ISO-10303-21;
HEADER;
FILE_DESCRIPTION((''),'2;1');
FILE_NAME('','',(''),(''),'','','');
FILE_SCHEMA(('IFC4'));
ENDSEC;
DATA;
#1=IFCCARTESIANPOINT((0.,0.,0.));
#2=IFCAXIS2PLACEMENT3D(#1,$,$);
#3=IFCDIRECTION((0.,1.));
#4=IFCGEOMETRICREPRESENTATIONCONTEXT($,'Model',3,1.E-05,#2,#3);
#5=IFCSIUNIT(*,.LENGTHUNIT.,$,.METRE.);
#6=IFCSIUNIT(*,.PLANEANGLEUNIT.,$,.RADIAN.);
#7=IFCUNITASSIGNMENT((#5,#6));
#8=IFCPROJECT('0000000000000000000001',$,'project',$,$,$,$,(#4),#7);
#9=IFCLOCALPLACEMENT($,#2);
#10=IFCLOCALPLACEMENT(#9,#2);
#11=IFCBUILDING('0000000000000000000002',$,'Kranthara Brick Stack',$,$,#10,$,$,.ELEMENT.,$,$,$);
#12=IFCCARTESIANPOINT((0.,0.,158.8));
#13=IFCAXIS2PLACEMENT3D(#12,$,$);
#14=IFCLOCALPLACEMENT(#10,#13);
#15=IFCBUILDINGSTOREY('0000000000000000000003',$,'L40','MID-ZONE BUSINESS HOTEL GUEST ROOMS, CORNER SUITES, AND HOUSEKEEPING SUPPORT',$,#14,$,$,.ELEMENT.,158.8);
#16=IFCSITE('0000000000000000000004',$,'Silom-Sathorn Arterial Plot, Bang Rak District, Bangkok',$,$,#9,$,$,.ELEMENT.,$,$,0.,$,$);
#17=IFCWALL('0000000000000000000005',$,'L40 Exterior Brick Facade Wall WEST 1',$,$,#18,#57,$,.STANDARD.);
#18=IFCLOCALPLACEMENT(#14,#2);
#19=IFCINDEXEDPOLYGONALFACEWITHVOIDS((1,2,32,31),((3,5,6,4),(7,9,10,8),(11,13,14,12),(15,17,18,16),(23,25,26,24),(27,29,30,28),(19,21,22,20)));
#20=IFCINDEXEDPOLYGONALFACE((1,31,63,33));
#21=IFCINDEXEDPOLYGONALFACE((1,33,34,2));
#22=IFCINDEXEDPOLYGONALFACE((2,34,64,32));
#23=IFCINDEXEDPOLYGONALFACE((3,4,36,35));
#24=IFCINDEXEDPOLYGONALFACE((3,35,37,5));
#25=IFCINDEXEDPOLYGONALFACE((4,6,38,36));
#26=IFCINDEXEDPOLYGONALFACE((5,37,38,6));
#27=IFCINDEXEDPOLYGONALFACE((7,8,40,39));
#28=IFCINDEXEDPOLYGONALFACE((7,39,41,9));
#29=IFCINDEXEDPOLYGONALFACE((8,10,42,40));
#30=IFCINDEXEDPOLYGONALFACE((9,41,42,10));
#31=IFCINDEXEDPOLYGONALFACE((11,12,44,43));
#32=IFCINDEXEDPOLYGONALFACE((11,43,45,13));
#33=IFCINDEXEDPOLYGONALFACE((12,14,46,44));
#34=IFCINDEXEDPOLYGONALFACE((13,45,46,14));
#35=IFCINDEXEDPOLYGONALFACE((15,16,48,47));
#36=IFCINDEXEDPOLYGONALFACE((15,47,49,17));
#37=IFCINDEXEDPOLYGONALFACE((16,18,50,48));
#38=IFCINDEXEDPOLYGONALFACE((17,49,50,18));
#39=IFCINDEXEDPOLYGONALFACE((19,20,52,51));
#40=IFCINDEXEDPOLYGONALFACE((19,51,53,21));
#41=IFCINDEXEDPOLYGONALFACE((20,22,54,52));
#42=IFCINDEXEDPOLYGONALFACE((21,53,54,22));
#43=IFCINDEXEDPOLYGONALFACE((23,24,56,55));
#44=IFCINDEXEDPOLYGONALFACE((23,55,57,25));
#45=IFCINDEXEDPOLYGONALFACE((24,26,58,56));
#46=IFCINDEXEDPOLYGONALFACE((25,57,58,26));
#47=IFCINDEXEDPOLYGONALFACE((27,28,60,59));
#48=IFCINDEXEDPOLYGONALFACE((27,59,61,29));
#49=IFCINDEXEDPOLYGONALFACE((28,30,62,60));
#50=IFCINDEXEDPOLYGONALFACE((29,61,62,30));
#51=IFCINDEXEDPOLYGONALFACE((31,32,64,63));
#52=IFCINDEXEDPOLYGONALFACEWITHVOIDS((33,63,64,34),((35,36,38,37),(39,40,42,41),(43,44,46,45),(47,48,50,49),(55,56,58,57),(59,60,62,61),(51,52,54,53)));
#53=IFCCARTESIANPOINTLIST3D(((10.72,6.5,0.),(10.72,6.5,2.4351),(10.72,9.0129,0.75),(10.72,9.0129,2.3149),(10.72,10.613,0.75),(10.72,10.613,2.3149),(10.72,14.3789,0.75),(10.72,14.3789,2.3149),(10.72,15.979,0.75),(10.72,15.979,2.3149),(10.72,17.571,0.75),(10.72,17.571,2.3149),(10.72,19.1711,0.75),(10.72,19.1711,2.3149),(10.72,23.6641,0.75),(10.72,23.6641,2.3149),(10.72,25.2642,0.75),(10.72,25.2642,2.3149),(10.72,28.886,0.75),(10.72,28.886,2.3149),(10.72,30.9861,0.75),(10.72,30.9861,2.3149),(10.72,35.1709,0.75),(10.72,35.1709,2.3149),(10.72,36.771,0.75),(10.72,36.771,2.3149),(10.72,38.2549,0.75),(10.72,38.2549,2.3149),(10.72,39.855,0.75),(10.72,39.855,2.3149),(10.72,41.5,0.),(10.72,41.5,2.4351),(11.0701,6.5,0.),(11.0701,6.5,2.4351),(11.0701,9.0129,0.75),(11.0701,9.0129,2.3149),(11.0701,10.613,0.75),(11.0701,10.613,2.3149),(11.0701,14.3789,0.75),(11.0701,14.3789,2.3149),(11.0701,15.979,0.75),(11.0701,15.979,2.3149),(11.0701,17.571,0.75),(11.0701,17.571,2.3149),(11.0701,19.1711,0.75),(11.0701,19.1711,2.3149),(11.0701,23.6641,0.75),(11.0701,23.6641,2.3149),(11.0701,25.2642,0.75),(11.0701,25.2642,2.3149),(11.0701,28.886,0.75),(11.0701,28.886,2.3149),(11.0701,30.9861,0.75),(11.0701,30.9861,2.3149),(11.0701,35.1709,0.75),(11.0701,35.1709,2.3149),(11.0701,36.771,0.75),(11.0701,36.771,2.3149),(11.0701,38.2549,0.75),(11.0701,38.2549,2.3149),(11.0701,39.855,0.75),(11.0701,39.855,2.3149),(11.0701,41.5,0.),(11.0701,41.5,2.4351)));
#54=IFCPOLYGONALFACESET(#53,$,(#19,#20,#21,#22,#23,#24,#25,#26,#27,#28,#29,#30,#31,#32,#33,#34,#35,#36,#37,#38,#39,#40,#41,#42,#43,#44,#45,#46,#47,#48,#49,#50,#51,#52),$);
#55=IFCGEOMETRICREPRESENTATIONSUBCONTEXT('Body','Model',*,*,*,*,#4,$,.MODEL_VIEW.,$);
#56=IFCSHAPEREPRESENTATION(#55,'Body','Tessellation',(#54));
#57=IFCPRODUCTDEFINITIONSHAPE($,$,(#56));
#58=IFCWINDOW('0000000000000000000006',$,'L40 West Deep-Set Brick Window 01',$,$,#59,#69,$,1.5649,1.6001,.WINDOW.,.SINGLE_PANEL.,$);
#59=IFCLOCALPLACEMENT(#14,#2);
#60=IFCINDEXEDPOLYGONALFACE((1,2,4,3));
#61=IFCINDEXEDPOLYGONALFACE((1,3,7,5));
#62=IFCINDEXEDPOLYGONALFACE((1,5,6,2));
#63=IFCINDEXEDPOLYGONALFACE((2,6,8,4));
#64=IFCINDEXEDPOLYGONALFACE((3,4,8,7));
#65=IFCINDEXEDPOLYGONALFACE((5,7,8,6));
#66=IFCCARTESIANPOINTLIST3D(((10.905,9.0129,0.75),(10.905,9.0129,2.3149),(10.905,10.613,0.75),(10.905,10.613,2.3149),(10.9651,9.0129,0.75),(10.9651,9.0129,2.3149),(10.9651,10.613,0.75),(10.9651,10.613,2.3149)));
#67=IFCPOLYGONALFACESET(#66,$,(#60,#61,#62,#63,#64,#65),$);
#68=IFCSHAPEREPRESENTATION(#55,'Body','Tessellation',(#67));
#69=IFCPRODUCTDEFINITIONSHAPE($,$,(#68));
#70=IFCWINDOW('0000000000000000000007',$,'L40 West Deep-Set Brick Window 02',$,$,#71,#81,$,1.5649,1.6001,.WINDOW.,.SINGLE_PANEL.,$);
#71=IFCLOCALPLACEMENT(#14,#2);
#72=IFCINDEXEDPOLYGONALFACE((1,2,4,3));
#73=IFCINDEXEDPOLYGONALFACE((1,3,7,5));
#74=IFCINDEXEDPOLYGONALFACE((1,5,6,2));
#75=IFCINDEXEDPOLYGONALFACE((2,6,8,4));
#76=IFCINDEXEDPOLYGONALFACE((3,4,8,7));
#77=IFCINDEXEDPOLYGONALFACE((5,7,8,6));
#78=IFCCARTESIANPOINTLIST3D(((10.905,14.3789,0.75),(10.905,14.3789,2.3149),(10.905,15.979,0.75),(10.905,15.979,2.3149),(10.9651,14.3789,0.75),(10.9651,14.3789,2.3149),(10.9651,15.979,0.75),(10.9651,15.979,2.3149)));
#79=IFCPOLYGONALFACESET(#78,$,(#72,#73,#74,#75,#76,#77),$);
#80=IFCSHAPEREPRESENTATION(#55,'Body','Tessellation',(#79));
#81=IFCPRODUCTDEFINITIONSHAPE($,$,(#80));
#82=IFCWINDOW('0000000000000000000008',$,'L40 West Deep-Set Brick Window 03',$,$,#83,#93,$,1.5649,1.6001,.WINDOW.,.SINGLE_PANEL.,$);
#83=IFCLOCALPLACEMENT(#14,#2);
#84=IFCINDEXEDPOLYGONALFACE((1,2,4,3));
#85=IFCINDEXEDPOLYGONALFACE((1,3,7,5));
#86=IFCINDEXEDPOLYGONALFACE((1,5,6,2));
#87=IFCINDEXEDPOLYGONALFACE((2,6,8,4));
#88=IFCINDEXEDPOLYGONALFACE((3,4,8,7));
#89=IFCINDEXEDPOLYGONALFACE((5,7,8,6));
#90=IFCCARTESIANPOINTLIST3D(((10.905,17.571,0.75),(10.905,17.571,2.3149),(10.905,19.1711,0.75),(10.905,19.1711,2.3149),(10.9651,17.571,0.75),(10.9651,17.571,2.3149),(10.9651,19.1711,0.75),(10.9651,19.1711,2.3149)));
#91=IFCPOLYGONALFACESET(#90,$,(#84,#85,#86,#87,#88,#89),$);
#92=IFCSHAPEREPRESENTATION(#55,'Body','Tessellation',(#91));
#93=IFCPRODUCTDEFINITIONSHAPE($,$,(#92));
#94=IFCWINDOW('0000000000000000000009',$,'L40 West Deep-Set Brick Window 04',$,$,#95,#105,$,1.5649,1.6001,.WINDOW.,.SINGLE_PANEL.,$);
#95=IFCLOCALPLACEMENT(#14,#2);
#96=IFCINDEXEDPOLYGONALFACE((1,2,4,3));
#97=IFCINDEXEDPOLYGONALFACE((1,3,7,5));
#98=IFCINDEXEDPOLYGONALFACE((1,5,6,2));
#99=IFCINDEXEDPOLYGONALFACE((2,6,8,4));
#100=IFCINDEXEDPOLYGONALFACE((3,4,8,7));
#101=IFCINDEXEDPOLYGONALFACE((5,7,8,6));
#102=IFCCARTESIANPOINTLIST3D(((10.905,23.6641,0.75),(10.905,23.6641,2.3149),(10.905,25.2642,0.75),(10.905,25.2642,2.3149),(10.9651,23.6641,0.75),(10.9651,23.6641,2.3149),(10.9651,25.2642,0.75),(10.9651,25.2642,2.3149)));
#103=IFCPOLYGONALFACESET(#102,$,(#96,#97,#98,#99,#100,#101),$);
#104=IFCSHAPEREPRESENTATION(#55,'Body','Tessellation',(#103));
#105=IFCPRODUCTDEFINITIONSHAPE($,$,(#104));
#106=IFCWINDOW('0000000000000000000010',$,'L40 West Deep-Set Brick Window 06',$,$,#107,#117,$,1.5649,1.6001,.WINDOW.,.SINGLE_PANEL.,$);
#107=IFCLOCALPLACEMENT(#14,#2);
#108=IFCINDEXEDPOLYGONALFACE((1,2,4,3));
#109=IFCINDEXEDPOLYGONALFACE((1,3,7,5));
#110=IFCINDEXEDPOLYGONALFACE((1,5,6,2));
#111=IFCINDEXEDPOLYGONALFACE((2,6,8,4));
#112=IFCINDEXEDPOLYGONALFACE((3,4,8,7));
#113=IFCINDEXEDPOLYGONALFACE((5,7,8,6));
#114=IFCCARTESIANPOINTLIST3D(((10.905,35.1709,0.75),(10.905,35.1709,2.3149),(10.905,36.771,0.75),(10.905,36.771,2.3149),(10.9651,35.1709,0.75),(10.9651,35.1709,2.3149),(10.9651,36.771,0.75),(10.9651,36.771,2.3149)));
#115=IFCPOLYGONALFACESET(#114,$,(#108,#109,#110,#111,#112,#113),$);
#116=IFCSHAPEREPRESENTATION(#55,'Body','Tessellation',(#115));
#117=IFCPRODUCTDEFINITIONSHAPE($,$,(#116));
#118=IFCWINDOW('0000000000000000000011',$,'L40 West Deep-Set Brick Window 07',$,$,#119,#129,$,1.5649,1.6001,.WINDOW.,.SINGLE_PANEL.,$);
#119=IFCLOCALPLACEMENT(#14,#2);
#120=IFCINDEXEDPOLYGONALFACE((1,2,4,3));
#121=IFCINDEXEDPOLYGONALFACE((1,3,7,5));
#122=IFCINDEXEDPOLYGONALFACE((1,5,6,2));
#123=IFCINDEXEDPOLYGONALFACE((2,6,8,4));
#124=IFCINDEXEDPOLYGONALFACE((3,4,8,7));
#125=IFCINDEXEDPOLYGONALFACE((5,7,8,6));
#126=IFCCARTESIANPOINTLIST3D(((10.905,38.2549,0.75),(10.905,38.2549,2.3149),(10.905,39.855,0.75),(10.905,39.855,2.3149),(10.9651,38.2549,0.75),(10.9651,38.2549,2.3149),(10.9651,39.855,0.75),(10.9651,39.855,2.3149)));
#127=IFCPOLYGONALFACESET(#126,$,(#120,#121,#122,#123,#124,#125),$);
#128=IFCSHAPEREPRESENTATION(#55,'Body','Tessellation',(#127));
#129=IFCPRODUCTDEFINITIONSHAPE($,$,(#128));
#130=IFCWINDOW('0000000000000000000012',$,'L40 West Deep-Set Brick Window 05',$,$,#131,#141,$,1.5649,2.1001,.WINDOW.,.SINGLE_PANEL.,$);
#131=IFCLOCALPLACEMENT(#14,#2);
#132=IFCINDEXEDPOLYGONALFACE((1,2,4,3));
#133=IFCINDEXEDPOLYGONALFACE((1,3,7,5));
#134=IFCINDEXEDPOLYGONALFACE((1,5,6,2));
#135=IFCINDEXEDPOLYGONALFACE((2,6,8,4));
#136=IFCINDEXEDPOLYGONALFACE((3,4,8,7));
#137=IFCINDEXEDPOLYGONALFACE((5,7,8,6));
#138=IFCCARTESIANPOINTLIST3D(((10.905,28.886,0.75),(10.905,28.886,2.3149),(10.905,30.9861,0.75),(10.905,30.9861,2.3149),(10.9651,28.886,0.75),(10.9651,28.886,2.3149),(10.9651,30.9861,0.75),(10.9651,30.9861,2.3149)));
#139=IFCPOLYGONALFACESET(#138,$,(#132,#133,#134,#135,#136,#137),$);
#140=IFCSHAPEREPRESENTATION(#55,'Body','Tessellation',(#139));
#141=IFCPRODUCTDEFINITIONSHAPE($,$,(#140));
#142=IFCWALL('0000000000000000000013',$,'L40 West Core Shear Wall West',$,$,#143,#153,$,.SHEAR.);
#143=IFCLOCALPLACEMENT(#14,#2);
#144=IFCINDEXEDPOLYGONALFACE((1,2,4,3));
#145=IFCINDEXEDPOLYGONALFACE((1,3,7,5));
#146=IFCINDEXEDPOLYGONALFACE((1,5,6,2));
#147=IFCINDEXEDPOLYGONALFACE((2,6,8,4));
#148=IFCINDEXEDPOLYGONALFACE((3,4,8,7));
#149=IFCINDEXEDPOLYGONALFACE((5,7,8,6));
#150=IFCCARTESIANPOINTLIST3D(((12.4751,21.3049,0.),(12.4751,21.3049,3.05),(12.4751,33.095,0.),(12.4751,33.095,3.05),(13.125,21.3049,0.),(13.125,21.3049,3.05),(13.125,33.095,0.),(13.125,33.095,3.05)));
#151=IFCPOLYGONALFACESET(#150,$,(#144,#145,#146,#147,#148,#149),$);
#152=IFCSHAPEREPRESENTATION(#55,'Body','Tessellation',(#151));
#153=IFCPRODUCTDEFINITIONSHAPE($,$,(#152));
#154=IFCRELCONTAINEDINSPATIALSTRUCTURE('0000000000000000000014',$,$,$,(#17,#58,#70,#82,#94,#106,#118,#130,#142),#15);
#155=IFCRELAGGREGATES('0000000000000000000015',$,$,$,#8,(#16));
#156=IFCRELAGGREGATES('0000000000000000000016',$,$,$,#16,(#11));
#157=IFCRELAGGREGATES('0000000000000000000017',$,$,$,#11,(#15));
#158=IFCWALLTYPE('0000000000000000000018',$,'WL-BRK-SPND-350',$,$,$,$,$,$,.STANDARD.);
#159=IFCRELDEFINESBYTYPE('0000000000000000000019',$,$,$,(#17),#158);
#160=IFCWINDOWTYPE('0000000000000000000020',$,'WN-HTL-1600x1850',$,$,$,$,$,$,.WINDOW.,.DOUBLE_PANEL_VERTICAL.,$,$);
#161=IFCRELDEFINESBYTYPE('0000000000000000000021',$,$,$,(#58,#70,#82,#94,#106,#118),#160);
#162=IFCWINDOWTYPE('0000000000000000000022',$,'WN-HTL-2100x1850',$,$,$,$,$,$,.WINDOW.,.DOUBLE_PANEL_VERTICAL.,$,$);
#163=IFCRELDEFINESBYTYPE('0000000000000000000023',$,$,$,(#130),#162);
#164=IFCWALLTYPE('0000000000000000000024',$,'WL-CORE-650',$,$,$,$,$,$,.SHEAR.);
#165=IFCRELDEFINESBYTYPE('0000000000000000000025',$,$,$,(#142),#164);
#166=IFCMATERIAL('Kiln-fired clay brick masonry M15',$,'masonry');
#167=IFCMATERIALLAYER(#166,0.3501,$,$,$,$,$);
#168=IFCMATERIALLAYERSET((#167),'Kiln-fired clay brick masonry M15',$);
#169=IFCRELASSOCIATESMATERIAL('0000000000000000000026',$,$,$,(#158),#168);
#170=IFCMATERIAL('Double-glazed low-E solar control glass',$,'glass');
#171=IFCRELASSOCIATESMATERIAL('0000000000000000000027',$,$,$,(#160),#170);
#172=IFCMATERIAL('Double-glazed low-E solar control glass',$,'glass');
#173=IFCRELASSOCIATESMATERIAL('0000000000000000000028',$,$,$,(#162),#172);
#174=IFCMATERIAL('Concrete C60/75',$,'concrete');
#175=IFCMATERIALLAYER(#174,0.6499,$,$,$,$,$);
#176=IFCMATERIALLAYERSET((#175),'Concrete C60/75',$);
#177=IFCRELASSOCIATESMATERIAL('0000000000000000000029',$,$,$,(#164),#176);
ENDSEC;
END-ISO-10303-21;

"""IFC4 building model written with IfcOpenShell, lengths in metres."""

from ifc_helpers import new_model, si_unit, direction, frame, frame_2d, origin, place, context, subcontext, project, spatial, rectangle, extrude, material, layer, layer_set, type_object, element, fill, save


model = new_model("IFC4")

# Units and contexts
model_context = context("Model", 3, precision=1e-05, world=origin(), true_north=direction((0.0, 1.0)))
body_context = subcontext(model_context, "Body", "Model", "MODEL_VIEW")
ifc_project = project(units=[si_unit("LENGTHUNIT", "METRE"), si_unit("PLANEANGLEUNIT", "RADIAN")], contexts=[model_context])

# Site, building, storey
site_placement = place(None, origin())
site = spatial("IfcSite", under=ifc_project, at=site_placement, Name="Silom-Sathorn Arterial Plot, Bang Rak District, Bangkok", CompositionType="ELEMENT", RefElevation=0.0)
building_placement = place(site_placement, origin())
building = spatial("IfcBuilding", under=site, at=building_placement, Name="Kranthara Brick Stack", CompositionType="ELEMENT")
storey_placement = place(building_placement, frame((0.0, 0.0, 158.8)))
storey = spatial("IfcBuildingStorey", under=building, at=storey_placement, Name="L40", Description="MID-ZONE BUSINESS HOTEL GUEST ROOMS, CORNER SUITES, AND HOUSEKEEPING SUPPORT", CompositionType="ELEMENT", Elevation=158.8)

# Shared definitions
ifc_material_1 = material(Name="Kiln-fired clay brick masonry M15", Category="masonry")
ifc_layer_1 = layer(ifc_material_1, 0.3501)
ifc_layer_set_1 = layer_set([ifc_layer_1], Name="Kiln-fired clay brick masonry M15")
wall_type_1 = type_object("IfcWallType", Name="WL-BRK-SPND-350", PredefinedType="STANDARD", material=ifc_layer_set_1)

# Wall, openings, windows
wall_1_placement = place(storey_placement, frame((10.895, 6.5, 0.0), z_axis=(0.0, 0.0, 1.0), x_axis=(0.0, 1.0, 0.0)))
wall_1 = element("IfcWall", 1, at=wall_1_placement, inside=storey, type_object=wall_type_1, Name="L40 Exterior Brick Facade Wall WEST 1", PredefinedType="STANDARD", context=body_context, shape_type="SweptSolid", body=[
    extrude(rectangle(XDim=35.0, YDim=0.3501, at=frame_2d((17.5, 0.0))), origin(), (0.0, 0.0, 1.0), 2.4351),
])
opening_1_placement = place(wall_1_placement, frame((2.5129, 0.0, 0.75)))
opening_1 = element("IfcOpeningElement", 2, at=opening_1_placement, cuts=wall_1, PredefinedType="OPENING", context=body_context, shape_type="SweptSolid", body=[
    extrude(rectangle(XDim=1.6001, YDim=1.5649, at=frame_2d((0.8, 0.7825))), frame((0.0, 0.1851, 0.0), z_axis=(0.0, -1.0, 0.0), x_axis=(1.0, 0.0, 0.0)), (0.0, 0.0, 1.0), 0.3701),
])
opening_2_placement = place(wall_1_placement, frame((7.8789, 0.0, 0.75)))
opening_2 = element("IfcOpeningElement", 3, at=opening_2_placement, cuts=wall_1, PredefinedType="OPENING", context=body_context, shape_type="SweptSolid", body=[
    extrude(rectangle(XDim=1.6001, YDim=1.5649, at=frame_2d((0.8, 0.7825))), frame((0.0, 0.1851, 0.0), z_axis=(0.0, -1.0, 0.0), x_axis=(1.0, 0.0, 0.0)), (0.0, 0.0, 1.0), 0.3701),
])
opening_3_placement = place(wall_1_placement, frame((11.071, 0.0, 0.75)))
opening_3 = element("IfcOpeningElement", 4, at=opening_3_placement, cuts=wall_1, PredefinedType="OPENING", context=body_context, shape_type="SweptSolid", body=[
    extrude(rectangle(XDim=1.6001, YDim=1.5649, at=frame_2d((0.8, 0.7825))), frame((0.0, 0.1851, 0.0), z_axis=(0.0, -1.0, 0.0), x_axis=(1.0, 0.0, 0.0)), (0.0, 0.0, 1.0), 0.3701),
])
opening_4_placement = place(wall_1_placement, frame((17.1641, 0.0, 0.75)))
opening_4 = element("IfcOpeningElement", 5, at=opening_4_placement, cuts=wall_1, PredefinedType="OPENING", context=body_context, shape_type="SweptSolid", body=[
    extrude(rectangle(XDim=1.6001, YDim=1.5649, at=frame_2d((0.8, 0.7825))), frame((0.0, 0.1851, 0.0), z_axis=(0.0, -1.0, 0.0), x_axis=(1.0, 0.0, 0.0)), (0.0, 0.0, 1.0), 0.3701),
])
opening_5_placement = place(wall_1_placement, frame((22.386, 0.0, 0.75)))
opening_5 = element("IfcOpeningElement", 6, at=opening_5_placement, cuts=wall_1, PredefinedType="OPENING", context=body_context, shape_type="SweptSolid", body=[
    extrude(rectangle(XDim=2.1001, YDim=1.5649, at=frame_2d((1.05, 0.7825))), frame((0.0, 0.1851, 0.0), z_axis=(0.0, -1.0, 0.0), x_axis=(1.0, 0.0, 0.0)), (0.0, 0.0, 1.0), 0.3701),
])
opening_6_placement = place(wall_1_placement, frame((28.6709, 0.0, 0.75)))
opening_6 = element("IfcOpeningElement", 7, at=opening_6_placement, cuts=wall_1, PredefinedType="OPENING", context=body_context, shape_type="SweptSolid", body=[
    extrude(rectangle(XDim=1.6001, YDim=1.5649, at=frame_2d((0.8, 0.7825))), frame((0.0, 0.1851, 0.0), z_axis=(0.0, -1.0, 0.0), x_axis=(1.0, 0.0, 0.0)), (0.0, 0.0, 1.0), 0.3701),
])
opening_7_placement = place(wall_1_placement, frame((31.7549, 0.0, 0.75)))
opening_7 = element("IfcOpeningElement", 8, at=opening_7_placement, cuts=wall_1, PredefinedType="OPENING", context=body_context, shape_type="SweptSolid", body=[
    extrude(rectangle(XDim=1.6001, YDim=1.5649, at=frame_2d((0.8, 0.7825))), frame((0.0, 0.1851, 0.0), z_axis=(0.0, -1.0, 0.0), x_axis=(1.0, 0.0, 0.0)), (0.0, 0.0, 1.0), 0.3701),
])
ifc_material_2 = material(Name="Double-glazed low-E solar control glass", Category="glass")
window_type_1 = type_object("IfcWindowType", Name="WN-HTL-1600x1850", PartitioningType="DOUBLE_PANEL_VERTICAL", PredefinedType="WINDOW", material=ifc_material_2)
window_1_placement = place(opening_1_placement, origin())
window_1 = element("IfcWindow", 9, at=window_1_placement, inside=storey, type_object=window_type_1, Name="L40 West Deep-Set Brick Window 01", OverallHeight=1.5649, OverallWidth=1.6001, PartitioningType="SINGLE_PANEL", PredefinedType="WINDOW", context=body_context, shape_type="SweptSolid", body=[
    extrude(rectangle(XDim=1.6001, YDim=1.5649, at=frame_2d((0.8, 0.7825))), frame((0.0, -0.01, 0.0), z_axis=(0.0, -1.0, 0.0), x_axis=(1.0, 0.0, 0.0)), (0.0, 0.0, 1.0), 0.0601),
])
fill(opening_1, window_1)
window_2_placement = place(opening_2_placement, origin())
window_2 = element("IfcWindow", 10, at=window_2_placement, inside=storey, type_object=window_type_1, Name="L40 West Deep-Set Brick Window 02", OverallHeight=1.5649, OverallWidth=1.6001, PartitioningType="SINGLE_PANEL", PredefinedType="WINDOW", context=body_context, shape_type="SweptSolid", body=[
    extrude(rectangle(XDim=1.6001, YDim=1.5649, at=frame_2d((0.8, 0.7825))), frame((0.0, -0.01, 0.0), z_axis=(0.0, -1.0, 0.0), x_axis=(1.0, 0.0, 0.0)), (0.0, 0.0, 1.0), 0.0601),
])
fill(opening_2, window_2)
window_3_placement = place(opening_3_placement, origin())
window_3 = element("IfcWindow", 11, at=window_3_placement, inside=storey, type_object=window_type_1, Name="L40 West Deep-Set Brick Window 03", OverallHeight=1.5649, OverallWidth=1.6001, PartitioningType="SINGLE_PANEL", PredefinedType="WINDOW", context=body_context, shape_type="SweptSolid", body=[
    extrude(rectangle(XDim=1.6001, YDim=1.5649, at=frame_2d((0.8, 0.7825))), frame((0.0, -0.01, 0.0), z_axis=(0.0, -1.0, 0.0), x_axis=(1.0, 0.0, 0.0)), (0.0, 0.0, 1.0), 0.0601),
])
fill(opening_3, window_3)
window_4_placement = place(opening_4_placement, origin())
window_4 = element("IfcWindow", 12, at=window_4_placement, inside=storey, type_object=window_type_1, Name="L40 West Deep-Set Brick Window 04", OverallHeight=1.5649, OverallWidth=1.6001, PartitioningType="SINGLE_PANEL", PredefinedType="WINDOW", context=body_context, shape_type="SweptSolid", body=[
    extrude(rectangle(XDim=1.6001, YDim=1.5649, at=frame_2d((0.8, 0.7825))), frame((0.0, -0.01, 0.0), z_axis=(0.0, -1.0, 0.0), x_axis=(1.0, 0.0, 0.0)), (0.0, 0.0, 1.0), 0.0601),
])
fill(opening_4, window_4)
window_5_placement = place(opening_6_placement, origin())
window_5 = element("IfcWindow", 13, at=window_5_placement, inside=storey, type_object=window_type_1, Name="L40 West Deep-Set Brick Window 06", OverallHeight=1.5649, OverallWidth=1.6001, PartitioningType="SINGLE_PANEL", PredefinedType="WINDOW", context=body_context, shape_type="SweptSolid", body=[
    extrude(rectangle(XDim=1.6001, YDim=1.5649, at=frame_2d((0.8, 0.7825))), frame((0.0, -0.01, 0.0), z_axis=(0.0, -1.0, 0.0), x_axis=(1.0, 0.0, 0.0)), (0.0, 0.0, 1.0), 0.0601),
])
fill(opening_6, window_5)
window_6_placement = place(opening_7_placement, origin())
window_6 = element("IfcWindow", 14, at=window_6_placement, inside=storey, type_object=window_type_1, Name="L40 West Deep-Set Brick Window 07", OverallHeight=1.5649, OverallWidth=1.6001, PartitioningType="SINGLE_PANEL", PredefinedType="WINDOW", context=body_context, shape_type="SweptSolid", body=[
    extrude(rectangle(XDim=1.6001, YDim=1.5649, at=frame_2d((0.8, 0.7825))), frame((0.0, -0.01, 0.0), z_axis=(0.0, -1.0, 0.0), x_axis=(1.0, 0.0, 0.0)), (0.0, 0.0, 1.0), 0.0601),
])
fill(opening_7, window_6)
ifc_material_3 = material(Name="Double-glazed low-E solar control glass", Category="glass")
window_type_2 = type_object("IfcWindowType", Name="WN-HTL-2100x1850", PartitioningType="DOUBLE_PANEL_VERTICAL", PredefinedType="WINDOW", material=ifc_material_3)
window_7_placement = place(opening_5_placement, origin())
window_7 = element("IfcWindow", 15, at=window_7_placement, inside=storey, type_object=window_type_2, Name="L40 West Deep-Set Brick Window 05", OverallHeight=1.5649, OverallWidth=2.1001, PartitioningType="SINGLE_PANEL", PredefinedType="WINDOW", context=body_context, shape_type="SweptSolid", body=[
    extrude(rectangle(XDim=2.1001, YDim=1.5649, at=frame_2d((1.05, 0.7825))), frame((0.0, -0.01, 0.0), z_axis=(0.0, -1.0, 0.0), x_axis=(1.0, 0.0, 0.0)), (0.0, 0.0, 1.0), 0.0601),
])
fill(opening_5, window_7)

# Wall
ifc_material_4 = material(Name="Concrete C60/75", Category="concrete")
ifc_layer_2 = layer(ifc_material_4, 0.6499)
ifc_layer_set_2 = layer_set([ifc_layer_2], Name="Concrete C60/75")
wall_type_2 = type_object("IfcWallType", Name="WL-CORE-650", PredefinedType="SHEAR", material=ifc_layer_set_2)
wall_2_placement = place(storey_placement, frame((12.8, 21.3049, 0.0), z_axis=(0.0, 0.0, 1.0), x_axis=(0.0, 1.0, 0.0)))
element("IfcWall", 16, at=wall_2_placement, inside=storey, type_object=wall_type_2, Name="L40 West Core Shear Wall West", PredefinedType="SHEAR", context=body_context, shape_type="SweptSolid", body=[
    extrude(rectangle(XDim=11.79, YDim=0.6499, at=frame_2d((5.895, 0.0))), origin(), (0.0, 0.0, 1.0), 3.05),
])

save(model, "model.ifc")
